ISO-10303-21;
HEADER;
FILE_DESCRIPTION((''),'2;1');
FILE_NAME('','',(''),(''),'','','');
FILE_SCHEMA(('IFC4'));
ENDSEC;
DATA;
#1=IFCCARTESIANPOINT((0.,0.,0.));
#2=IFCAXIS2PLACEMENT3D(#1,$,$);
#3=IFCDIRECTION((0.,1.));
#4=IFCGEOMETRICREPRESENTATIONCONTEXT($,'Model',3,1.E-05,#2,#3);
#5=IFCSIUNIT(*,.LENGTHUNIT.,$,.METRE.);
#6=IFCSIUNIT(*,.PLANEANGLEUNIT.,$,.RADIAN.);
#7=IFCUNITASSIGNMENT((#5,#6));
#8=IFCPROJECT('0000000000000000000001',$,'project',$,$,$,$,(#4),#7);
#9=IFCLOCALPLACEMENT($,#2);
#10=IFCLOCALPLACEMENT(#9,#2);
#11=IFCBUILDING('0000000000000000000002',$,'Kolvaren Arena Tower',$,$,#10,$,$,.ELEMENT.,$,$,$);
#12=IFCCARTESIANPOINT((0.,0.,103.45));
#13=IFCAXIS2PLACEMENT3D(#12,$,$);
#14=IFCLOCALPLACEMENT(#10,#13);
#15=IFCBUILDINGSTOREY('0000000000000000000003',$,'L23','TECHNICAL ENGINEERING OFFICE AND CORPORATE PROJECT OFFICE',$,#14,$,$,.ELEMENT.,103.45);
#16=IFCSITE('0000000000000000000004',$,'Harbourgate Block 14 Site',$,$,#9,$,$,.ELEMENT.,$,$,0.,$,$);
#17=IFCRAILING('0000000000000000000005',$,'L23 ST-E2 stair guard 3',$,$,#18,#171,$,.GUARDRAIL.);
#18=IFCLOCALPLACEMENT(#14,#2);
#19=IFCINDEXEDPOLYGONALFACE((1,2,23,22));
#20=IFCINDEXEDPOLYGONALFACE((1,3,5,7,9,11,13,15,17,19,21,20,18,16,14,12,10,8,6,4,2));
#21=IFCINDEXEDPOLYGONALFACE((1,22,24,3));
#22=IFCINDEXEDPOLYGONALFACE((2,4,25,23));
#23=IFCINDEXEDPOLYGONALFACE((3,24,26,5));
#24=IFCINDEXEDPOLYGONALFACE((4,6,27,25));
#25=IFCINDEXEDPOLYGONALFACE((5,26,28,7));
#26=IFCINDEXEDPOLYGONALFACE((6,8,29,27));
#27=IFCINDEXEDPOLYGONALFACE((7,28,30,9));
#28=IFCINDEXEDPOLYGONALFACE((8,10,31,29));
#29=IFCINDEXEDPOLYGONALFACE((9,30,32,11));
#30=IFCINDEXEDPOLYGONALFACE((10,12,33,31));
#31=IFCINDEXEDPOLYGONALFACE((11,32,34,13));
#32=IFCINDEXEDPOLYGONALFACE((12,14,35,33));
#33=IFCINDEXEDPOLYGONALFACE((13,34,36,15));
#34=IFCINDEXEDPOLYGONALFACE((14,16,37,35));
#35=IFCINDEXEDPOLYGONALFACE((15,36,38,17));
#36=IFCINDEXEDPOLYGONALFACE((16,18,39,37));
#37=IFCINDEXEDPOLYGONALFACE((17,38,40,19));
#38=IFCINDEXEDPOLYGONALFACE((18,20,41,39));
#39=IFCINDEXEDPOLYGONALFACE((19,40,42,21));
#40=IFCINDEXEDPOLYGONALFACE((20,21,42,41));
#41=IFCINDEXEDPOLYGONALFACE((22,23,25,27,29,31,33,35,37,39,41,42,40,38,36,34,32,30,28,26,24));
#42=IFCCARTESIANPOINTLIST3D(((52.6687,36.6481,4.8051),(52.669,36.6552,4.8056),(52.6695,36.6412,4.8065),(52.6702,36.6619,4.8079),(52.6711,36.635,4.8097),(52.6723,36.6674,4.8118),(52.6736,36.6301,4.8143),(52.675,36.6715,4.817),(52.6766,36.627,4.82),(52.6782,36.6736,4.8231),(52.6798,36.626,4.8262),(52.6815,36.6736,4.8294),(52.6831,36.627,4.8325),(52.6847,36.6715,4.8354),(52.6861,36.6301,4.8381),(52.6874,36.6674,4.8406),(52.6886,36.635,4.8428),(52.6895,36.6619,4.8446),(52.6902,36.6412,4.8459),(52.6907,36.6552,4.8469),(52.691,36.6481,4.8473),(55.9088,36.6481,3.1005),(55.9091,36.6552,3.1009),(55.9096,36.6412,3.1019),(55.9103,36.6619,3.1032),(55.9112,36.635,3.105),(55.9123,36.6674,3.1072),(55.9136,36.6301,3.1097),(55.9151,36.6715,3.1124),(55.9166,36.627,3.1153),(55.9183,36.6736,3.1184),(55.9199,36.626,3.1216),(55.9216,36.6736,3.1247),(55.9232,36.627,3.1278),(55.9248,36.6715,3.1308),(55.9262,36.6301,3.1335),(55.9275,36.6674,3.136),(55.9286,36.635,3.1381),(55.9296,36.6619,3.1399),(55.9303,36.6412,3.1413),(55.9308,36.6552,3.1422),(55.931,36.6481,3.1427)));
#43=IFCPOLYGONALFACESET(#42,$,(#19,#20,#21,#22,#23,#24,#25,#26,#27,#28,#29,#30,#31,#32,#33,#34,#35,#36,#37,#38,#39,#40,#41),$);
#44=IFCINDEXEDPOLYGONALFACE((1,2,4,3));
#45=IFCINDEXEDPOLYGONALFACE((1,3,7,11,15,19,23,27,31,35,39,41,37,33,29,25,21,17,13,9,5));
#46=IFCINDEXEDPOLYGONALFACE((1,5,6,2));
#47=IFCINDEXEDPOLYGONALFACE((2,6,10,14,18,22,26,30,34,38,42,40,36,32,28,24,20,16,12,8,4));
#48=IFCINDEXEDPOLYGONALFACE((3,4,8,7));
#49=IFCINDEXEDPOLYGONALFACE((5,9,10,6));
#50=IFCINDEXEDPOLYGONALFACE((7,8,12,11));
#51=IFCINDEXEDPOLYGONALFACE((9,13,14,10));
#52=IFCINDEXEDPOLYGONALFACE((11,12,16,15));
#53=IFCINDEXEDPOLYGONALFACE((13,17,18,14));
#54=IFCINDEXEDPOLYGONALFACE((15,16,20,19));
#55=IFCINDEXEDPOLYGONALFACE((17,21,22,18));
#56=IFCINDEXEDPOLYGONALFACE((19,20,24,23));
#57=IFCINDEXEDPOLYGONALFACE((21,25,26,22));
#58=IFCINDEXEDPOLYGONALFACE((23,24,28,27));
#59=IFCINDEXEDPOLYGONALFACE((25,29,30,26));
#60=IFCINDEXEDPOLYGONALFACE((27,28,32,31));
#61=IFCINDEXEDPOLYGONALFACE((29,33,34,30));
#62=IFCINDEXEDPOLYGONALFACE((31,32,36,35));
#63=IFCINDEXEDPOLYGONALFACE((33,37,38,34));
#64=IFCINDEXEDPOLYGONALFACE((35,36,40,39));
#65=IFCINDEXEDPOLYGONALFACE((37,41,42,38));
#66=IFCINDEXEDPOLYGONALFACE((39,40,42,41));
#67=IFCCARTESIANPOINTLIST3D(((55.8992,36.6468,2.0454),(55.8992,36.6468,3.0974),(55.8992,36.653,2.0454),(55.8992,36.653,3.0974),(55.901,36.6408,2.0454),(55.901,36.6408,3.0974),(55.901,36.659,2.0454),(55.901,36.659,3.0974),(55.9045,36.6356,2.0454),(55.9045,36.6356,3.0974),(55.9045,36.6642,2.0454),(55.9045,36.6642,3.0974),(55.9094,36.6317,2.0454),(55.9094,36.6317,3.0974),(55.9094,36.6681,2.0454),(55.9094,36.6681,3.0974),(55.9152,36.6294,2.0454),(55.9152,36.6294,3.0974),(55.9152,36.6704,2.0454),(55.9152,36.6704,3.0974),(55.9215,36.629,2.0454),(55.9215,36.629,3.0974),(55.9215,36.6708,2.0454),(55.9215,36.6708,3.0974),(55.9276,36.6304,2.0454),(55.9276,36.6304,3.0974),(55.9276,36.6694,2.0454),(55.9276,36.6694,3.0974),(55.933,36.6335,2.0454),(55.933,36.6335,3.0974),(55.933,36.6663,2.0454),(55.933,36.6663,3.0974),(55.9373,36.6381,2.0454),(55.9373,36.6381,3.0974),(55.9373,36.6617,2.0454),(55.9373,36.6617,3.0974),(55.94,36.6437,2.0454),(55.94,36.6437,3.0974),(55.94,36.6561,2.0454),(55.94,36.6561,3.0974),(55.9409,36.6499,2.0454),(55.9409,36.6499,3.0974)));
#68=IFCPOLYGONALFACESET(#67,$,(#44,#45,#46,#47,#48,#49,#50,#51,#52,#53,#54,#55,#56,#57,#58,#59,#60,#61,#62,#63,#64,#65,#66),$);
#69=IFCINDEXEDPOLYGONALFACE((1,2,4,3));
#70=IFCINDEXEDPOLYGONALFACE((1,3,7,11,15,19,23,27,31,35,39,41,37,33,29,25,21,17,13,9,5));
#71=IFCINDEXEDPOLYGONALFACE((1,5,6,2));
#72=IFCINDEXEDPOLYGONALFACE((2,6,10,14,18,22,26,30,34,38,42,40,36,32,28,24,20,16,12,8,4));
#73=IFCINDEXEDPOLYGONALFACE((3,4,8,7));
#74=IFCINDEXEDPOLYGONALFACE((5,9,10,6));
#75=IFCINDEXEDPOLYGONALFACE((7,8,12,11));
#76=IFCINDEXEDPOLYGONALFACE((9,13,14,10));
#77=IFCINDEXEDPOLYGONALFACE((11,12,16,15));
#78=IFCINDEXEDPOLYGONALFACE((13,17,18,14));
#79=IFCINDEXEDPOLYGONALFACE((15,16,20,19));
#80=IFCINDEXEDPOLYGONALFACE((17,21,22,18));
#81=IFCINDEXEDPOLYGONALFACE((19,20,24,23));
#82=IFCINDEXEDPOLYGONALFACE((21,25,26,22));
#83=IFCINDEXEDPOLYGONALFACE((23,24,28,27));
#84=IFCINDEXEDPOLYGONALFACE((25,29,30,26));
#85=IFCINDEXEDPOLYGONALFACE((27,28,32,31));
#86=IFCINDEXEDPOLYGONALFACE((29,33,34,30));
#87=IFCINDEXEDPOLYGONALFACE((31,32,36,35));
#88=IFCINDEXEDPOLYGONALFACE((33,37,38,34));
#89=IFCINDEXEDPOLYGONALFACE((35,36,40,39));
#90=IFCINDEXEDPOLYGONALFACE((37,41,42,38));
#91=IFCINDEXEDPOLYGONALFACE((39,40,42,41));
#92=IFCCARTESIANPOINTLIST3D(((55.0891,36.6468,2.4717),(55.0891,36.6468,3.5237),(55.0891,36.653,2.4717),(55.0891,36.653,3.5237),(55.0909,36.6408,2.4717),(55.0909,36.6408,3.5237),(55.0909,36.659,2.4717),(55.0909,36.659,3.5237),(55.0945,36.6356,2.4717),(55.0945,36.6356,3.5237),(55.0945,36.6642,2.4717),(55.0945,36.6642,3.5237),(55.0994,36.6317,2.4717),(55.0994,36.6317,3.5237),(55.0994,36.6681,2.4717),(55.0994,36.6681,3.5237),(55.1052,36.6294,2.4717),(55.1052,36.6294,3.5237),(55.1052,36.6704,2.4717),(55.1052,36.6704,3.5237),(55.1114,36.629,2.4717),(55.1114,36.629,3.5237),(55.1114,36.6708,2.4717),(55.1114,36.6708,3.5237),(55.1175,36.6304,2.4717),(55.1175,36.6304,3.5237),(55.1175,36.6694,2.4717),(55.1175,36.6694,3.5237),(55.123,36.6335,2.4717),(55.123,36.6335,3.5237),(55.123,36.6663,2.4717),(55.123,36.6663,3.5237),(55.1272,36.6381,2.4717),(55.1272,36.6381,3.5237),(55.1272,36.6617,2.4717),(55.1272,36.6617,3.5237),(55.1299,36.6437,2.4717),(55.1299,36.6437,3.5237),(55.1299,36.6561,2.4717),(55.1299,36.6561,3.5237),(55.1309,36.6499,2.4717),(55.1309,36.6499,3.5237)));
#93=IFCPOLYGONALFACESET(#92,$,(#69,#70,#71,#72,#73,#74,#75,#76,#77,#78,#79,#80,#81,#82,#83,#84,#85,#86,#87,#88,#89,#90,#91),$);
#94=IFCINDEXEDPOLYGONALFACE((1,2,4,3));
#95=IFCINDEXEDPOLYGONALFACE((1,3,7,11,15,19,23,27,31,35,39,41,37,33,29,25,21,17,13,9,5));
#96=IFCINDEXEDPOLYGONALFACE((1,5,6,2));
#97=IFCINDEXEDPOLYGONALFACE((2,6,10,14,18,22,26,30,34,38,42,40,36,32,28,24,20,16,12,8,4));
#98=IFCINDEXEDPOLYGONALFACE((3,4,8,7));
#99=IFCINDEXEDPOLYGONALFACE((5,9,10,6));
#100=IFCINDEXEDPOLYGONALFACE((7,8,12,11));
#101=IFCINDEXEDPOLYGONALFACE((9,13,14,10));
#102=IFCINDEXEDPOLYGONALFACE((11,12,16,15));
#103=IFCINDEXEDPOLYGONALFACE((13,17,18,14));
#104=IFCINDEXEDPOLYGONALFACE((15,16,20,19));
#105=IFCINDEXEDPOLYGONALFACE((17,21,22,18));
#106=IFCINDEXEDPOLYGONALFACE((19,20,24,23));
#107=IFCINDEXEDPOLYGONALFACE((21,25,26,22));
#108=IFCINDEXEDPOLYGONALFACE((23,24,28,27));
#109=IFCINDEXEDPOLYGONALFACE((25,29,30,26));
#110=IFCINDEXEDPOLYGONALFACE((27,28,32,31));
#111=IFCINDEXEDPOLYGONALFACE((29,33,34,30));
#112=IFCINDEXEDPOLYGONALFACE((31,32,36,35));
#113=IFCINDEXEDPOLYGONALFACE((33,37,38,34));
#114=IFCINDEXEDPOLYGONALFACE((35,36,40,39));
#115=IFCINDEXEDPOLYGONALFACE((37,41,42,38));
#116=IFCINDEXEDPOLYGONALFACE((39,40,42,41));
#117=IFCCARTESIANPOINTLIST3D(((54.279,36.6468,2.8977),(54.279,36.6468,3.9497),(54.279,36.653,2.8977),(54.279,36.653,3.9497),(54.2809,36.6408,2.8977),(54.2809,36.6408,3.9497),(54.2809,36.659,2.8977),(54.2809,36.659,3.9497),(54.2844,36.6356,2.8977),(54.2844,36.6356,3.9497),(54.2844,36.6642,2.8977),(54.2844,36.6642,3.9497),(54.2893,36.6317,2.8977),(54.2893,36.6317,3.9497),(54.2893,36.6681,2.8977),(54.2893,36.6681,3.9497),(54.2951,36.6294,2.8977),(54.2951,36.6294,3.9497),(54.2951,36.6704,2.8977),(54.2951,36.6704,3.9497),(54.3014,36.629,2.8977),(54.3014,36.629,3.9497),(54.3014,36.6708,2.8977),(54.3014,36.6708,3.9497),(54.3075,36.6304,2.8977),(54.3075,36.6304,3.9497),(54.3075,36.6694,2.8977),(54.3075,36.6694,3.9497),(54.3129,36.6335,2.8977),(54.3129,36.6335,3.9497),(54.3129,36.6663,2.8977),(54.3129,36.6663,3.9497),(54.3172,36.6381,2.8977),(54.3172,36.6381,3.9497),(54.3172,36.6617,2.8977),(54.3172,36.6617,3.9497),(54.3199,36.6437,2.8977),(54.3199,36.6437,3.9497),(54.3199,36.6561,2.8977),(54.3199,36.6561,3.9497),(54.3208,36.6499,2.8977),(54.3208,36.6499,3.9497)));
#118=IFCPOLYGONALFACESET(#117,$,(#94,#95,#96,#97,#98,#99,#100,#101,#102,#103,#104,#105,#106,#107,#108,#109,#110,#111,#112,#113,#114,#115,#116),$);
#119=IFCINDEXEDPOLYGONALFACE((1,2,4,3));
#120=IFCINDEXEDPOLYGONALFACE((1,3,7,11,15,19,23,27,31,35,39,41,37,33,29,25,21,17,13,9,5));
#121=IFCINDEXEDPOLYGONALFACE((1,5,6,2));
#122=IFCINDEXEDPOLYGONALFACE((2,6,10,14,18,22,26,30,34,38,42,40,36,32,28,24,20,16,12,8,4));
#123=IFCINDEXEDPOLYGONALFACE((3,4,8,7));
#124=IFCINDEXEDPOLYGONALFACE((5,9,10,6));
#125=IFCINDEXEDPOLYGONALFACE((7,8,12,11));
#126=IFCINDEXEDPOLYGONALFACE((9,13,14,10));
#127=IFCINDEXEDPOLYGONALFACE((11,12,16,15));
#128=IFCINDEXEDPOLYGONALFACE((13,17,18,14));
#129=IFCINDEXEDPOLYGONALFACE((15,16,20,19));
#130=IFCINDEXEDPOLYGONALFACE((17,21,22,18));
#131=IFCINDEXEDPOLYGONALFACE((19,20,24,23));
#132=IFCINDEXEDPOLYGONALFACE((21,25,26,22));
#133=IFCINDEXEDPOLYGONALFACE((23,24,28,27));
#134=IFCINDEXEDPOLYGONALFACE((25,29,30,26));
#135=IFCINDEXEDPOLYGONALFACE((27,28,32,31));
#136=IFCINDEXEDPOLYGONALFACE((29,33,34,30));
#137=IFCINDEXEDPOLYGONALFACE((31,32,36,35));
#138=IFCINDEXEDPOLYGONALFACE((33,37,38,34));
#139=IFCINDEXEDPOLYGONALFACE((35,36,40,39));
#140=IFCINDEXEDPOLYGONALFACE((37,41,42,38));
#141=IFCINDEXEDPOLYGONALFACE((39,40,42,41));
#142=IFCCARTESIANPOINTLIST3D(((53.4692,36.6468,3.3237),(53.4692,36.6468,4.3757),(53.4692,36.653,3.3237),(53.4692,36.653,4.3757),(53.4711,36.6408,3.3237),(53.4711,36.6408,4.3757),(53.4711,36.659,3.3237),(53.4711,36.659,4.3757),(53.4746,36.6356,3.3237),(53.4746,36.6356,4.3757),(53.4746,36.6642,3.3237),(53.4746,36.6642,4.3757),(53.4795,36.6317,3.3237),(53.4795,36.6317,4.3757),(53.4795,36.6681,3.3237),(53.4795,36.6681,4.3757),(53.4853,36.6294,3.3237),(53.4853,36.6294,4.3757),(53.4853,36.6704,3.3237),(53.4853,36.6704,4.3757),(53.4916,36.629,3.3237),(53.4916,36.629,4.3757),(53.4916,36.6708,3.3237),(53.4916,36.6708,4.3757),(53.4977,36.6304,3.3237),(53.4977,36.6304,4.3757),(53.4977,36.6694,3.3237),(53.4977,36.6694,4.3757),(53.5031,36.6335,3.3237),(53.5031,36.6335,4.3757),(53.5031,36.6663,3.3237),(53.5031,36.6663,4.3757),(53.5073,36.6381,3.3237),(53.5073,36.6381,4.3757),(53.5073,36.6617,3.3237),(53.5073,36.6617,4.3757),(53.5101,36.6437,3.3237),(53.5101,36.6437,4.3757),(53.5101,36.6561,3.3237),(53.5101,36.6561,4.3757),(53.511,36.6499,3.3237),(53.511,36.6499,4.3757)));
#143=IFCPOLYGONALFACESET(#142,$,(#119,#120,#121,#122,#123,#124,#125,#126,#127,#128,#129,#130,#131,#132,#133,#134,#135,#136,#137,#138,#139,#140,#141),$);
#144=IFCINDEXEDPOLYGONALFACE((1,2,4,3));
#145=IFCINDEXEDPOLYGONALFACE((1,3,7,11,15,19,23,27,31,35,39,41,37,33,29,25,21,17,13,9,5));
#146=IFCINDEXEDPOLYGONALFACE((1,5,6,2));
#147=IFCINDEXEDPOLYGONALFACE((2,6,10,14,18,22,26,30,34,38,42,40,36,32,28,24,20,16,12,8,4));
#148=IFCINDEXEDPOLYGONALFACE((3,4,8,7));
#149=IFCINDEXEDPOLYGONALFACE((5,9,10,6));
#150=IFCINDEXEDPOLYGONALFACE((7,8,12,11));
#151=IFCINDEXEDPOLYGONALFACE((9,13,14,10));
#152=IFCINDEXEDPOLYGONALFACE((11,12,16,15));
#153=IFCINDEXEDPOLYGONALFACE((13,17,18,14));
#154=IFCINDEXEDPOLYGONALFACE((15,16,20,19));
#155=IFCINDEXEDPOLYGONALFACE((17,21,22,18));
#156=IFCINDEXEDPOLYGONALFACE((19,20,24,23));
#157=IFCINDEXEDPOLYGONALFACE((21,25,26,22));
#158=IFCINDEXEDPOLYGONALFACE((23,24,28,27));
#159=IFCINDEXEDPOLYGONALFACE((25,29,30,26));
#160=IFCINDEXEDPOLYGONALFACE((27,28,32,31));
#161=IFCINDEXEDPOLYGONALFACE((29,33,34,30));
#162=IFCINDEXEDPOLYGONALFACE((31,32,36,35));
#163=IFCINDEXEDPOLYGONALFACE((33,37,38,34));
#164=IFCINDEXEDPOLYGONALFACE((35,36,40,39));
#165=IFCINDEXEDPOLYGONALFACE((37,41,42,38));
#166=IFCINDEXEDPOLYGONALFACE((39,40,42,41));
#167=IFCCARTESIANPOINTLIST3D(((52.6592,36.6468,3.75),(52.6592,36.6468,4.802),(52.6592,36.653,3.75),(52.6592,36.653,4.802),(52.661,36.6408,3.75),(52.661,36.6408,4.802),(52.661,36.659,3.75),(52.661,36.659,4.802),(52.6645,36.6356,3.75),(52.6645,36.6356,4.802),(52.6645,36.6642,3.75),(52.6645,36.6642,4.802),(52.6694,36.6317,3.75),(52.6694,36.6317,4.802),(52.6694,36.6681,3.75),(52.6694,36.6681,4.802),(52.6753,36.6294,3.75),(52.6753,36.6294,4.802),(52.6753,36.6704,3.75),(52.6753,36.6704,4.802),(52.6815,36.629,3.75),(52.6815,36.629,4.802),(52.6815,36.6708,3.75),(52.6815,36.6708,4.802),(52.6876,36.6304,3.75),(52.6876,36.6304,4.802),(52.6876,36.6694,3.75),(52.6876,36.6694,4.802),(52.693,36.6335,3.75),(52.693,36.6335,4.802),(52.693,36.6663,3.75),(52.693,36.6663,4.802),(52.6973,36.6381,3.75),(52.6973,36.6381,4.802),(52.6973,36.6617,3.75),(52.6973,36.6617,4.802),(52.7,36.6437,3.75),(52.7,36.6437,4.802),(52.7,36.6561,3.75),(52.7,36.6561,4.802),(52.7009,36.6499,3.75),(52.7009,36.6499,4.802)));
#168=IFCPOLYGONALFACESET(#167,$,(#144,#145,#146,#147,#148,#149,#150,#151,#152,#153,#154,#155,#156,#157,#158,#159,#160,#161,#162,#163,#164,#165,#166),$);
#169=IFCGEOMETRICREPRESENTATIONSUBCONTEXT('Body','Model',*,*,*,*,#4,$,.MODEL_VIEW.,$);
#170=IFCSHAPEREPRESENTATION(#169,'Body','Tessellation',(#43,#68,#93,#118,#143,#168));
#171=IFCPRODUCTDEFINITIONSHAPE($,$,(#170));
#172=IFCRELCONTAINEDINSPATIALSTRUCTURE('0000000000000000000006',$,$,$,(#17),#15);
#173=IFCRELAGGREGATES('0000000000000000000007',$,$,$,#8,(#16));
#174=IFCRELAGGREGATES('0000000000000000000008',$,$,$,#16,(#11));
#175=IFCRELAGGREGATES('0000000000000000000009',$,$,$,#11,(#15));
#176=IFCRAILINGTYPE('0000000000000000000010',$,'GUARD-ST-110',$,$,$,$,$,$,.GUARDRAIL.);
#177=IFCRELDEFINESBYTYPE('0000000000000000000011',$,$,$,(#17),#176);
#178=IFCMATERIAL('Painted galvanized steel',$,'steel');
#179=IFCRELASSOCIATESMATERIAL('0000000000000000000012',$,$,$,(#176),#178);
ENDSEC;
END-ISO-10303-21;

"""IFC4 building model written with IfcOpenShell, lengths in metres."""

from ifc_helpers import new_model, si_unit, direction, frame, origin, origin_2d, place, context, subcontext, project, spatial, circle, extrude, material, type_object, element, save


model = new_model("IFC4")

# Units and contexts
model_context = context("Model", 3, precision=1e-05, world=origin(), true_north=direction((0.0, 1.0)))
body_context = subcontext(model_context, "Body", "Model", "MODEL_VIEW")
ifc_project = project(units=[si_unit("LENGTHUNIT", "METRE"), si_unit("PLANEANGLEUNIT", "RADIAN")], contexts=[model_context])

# Site, building, storey
site_placement = place(None, origin())
site = spatial("IfcSite", under=ifc_project, at=site_placement, Name="Harbourgate Block 14 Site", CompositionType="ELEMENT", RefElevation=0.0)
building_placement = place(site_placement, origin())
building = spatial("IfcBuilding", under=site, at=building_placement, Name="Kolvaren Arena Tower", CompositionType="ELEMENT")
storey_placement = place(building_placement, frame((0.0, 0.0, 103.45)))
storey = spatial("IfcBuildingStorey", under=building, at=storey_placement, Name="L23", Description="TECHNICAL ENGINEERING OFFICE AND CORPORATE PROJECT OFFICE", CompositionType="ELEMENT", Elevation=103.45)

# Railing
ifc_material_1 = material(Name="Painted galvanized steel", Category="steel")
railing_type_1 = type_object("IfcRailingType", Name="GUARD-ST-110", PredefinedType="GUARDRAIL", material=ifc_material_1)
railing_1_placement = place(storey_placement, frame((55.9199, 36.6499, 2.0454)))
element("IfcRailing", 1, at=railing_1_placement, inside=storey, type_object=railing_type_1, Name="L23 ST-E2 stair guard 3", PredefinedType="GUARDRAIL", context=body_context, shape_type="SweptSolid", body=[
    extrude(circle(Radius=0.0239, at=origin_2d()), frame((0.0, 0.0, 1.0762), z_axis=(-0.884993, 0.0, 0.465604), x_axis=(0.0, -1.0, 0.0)), (0.0, 0.0, 1.0), 3.6611),
    extrude(circle(Radius=0.021, at=origin_2d()), origin(), (0.0, 0.0, 1.0), 1.052),
    extrude(circle(Radius=0.021, at=origin_2d()), frame((-0.8101, 0.0, 0.4263)), (0.0, 0.0, 1.0), 1.052),
    extrude(circle(Radius=0.021, at=origin_2d()), frame((-1.6201, 0.0, 0.8523)), (0.0, 0.0, 1.0), 1.052),
    extrude(circle(Radius=0.021, at=origin_2d()), frame((-2.4299, 0.0, 1.2783)), (0.0, 0.0, 1.0), 1.052),
    extrude(circle(Radius=0.021, at=origin_2d()), frame((-3.24, 0.0, 1.7046)), (0.0, 0.0, 1.0), 1.052),
])

save(model, "model.ifc")
